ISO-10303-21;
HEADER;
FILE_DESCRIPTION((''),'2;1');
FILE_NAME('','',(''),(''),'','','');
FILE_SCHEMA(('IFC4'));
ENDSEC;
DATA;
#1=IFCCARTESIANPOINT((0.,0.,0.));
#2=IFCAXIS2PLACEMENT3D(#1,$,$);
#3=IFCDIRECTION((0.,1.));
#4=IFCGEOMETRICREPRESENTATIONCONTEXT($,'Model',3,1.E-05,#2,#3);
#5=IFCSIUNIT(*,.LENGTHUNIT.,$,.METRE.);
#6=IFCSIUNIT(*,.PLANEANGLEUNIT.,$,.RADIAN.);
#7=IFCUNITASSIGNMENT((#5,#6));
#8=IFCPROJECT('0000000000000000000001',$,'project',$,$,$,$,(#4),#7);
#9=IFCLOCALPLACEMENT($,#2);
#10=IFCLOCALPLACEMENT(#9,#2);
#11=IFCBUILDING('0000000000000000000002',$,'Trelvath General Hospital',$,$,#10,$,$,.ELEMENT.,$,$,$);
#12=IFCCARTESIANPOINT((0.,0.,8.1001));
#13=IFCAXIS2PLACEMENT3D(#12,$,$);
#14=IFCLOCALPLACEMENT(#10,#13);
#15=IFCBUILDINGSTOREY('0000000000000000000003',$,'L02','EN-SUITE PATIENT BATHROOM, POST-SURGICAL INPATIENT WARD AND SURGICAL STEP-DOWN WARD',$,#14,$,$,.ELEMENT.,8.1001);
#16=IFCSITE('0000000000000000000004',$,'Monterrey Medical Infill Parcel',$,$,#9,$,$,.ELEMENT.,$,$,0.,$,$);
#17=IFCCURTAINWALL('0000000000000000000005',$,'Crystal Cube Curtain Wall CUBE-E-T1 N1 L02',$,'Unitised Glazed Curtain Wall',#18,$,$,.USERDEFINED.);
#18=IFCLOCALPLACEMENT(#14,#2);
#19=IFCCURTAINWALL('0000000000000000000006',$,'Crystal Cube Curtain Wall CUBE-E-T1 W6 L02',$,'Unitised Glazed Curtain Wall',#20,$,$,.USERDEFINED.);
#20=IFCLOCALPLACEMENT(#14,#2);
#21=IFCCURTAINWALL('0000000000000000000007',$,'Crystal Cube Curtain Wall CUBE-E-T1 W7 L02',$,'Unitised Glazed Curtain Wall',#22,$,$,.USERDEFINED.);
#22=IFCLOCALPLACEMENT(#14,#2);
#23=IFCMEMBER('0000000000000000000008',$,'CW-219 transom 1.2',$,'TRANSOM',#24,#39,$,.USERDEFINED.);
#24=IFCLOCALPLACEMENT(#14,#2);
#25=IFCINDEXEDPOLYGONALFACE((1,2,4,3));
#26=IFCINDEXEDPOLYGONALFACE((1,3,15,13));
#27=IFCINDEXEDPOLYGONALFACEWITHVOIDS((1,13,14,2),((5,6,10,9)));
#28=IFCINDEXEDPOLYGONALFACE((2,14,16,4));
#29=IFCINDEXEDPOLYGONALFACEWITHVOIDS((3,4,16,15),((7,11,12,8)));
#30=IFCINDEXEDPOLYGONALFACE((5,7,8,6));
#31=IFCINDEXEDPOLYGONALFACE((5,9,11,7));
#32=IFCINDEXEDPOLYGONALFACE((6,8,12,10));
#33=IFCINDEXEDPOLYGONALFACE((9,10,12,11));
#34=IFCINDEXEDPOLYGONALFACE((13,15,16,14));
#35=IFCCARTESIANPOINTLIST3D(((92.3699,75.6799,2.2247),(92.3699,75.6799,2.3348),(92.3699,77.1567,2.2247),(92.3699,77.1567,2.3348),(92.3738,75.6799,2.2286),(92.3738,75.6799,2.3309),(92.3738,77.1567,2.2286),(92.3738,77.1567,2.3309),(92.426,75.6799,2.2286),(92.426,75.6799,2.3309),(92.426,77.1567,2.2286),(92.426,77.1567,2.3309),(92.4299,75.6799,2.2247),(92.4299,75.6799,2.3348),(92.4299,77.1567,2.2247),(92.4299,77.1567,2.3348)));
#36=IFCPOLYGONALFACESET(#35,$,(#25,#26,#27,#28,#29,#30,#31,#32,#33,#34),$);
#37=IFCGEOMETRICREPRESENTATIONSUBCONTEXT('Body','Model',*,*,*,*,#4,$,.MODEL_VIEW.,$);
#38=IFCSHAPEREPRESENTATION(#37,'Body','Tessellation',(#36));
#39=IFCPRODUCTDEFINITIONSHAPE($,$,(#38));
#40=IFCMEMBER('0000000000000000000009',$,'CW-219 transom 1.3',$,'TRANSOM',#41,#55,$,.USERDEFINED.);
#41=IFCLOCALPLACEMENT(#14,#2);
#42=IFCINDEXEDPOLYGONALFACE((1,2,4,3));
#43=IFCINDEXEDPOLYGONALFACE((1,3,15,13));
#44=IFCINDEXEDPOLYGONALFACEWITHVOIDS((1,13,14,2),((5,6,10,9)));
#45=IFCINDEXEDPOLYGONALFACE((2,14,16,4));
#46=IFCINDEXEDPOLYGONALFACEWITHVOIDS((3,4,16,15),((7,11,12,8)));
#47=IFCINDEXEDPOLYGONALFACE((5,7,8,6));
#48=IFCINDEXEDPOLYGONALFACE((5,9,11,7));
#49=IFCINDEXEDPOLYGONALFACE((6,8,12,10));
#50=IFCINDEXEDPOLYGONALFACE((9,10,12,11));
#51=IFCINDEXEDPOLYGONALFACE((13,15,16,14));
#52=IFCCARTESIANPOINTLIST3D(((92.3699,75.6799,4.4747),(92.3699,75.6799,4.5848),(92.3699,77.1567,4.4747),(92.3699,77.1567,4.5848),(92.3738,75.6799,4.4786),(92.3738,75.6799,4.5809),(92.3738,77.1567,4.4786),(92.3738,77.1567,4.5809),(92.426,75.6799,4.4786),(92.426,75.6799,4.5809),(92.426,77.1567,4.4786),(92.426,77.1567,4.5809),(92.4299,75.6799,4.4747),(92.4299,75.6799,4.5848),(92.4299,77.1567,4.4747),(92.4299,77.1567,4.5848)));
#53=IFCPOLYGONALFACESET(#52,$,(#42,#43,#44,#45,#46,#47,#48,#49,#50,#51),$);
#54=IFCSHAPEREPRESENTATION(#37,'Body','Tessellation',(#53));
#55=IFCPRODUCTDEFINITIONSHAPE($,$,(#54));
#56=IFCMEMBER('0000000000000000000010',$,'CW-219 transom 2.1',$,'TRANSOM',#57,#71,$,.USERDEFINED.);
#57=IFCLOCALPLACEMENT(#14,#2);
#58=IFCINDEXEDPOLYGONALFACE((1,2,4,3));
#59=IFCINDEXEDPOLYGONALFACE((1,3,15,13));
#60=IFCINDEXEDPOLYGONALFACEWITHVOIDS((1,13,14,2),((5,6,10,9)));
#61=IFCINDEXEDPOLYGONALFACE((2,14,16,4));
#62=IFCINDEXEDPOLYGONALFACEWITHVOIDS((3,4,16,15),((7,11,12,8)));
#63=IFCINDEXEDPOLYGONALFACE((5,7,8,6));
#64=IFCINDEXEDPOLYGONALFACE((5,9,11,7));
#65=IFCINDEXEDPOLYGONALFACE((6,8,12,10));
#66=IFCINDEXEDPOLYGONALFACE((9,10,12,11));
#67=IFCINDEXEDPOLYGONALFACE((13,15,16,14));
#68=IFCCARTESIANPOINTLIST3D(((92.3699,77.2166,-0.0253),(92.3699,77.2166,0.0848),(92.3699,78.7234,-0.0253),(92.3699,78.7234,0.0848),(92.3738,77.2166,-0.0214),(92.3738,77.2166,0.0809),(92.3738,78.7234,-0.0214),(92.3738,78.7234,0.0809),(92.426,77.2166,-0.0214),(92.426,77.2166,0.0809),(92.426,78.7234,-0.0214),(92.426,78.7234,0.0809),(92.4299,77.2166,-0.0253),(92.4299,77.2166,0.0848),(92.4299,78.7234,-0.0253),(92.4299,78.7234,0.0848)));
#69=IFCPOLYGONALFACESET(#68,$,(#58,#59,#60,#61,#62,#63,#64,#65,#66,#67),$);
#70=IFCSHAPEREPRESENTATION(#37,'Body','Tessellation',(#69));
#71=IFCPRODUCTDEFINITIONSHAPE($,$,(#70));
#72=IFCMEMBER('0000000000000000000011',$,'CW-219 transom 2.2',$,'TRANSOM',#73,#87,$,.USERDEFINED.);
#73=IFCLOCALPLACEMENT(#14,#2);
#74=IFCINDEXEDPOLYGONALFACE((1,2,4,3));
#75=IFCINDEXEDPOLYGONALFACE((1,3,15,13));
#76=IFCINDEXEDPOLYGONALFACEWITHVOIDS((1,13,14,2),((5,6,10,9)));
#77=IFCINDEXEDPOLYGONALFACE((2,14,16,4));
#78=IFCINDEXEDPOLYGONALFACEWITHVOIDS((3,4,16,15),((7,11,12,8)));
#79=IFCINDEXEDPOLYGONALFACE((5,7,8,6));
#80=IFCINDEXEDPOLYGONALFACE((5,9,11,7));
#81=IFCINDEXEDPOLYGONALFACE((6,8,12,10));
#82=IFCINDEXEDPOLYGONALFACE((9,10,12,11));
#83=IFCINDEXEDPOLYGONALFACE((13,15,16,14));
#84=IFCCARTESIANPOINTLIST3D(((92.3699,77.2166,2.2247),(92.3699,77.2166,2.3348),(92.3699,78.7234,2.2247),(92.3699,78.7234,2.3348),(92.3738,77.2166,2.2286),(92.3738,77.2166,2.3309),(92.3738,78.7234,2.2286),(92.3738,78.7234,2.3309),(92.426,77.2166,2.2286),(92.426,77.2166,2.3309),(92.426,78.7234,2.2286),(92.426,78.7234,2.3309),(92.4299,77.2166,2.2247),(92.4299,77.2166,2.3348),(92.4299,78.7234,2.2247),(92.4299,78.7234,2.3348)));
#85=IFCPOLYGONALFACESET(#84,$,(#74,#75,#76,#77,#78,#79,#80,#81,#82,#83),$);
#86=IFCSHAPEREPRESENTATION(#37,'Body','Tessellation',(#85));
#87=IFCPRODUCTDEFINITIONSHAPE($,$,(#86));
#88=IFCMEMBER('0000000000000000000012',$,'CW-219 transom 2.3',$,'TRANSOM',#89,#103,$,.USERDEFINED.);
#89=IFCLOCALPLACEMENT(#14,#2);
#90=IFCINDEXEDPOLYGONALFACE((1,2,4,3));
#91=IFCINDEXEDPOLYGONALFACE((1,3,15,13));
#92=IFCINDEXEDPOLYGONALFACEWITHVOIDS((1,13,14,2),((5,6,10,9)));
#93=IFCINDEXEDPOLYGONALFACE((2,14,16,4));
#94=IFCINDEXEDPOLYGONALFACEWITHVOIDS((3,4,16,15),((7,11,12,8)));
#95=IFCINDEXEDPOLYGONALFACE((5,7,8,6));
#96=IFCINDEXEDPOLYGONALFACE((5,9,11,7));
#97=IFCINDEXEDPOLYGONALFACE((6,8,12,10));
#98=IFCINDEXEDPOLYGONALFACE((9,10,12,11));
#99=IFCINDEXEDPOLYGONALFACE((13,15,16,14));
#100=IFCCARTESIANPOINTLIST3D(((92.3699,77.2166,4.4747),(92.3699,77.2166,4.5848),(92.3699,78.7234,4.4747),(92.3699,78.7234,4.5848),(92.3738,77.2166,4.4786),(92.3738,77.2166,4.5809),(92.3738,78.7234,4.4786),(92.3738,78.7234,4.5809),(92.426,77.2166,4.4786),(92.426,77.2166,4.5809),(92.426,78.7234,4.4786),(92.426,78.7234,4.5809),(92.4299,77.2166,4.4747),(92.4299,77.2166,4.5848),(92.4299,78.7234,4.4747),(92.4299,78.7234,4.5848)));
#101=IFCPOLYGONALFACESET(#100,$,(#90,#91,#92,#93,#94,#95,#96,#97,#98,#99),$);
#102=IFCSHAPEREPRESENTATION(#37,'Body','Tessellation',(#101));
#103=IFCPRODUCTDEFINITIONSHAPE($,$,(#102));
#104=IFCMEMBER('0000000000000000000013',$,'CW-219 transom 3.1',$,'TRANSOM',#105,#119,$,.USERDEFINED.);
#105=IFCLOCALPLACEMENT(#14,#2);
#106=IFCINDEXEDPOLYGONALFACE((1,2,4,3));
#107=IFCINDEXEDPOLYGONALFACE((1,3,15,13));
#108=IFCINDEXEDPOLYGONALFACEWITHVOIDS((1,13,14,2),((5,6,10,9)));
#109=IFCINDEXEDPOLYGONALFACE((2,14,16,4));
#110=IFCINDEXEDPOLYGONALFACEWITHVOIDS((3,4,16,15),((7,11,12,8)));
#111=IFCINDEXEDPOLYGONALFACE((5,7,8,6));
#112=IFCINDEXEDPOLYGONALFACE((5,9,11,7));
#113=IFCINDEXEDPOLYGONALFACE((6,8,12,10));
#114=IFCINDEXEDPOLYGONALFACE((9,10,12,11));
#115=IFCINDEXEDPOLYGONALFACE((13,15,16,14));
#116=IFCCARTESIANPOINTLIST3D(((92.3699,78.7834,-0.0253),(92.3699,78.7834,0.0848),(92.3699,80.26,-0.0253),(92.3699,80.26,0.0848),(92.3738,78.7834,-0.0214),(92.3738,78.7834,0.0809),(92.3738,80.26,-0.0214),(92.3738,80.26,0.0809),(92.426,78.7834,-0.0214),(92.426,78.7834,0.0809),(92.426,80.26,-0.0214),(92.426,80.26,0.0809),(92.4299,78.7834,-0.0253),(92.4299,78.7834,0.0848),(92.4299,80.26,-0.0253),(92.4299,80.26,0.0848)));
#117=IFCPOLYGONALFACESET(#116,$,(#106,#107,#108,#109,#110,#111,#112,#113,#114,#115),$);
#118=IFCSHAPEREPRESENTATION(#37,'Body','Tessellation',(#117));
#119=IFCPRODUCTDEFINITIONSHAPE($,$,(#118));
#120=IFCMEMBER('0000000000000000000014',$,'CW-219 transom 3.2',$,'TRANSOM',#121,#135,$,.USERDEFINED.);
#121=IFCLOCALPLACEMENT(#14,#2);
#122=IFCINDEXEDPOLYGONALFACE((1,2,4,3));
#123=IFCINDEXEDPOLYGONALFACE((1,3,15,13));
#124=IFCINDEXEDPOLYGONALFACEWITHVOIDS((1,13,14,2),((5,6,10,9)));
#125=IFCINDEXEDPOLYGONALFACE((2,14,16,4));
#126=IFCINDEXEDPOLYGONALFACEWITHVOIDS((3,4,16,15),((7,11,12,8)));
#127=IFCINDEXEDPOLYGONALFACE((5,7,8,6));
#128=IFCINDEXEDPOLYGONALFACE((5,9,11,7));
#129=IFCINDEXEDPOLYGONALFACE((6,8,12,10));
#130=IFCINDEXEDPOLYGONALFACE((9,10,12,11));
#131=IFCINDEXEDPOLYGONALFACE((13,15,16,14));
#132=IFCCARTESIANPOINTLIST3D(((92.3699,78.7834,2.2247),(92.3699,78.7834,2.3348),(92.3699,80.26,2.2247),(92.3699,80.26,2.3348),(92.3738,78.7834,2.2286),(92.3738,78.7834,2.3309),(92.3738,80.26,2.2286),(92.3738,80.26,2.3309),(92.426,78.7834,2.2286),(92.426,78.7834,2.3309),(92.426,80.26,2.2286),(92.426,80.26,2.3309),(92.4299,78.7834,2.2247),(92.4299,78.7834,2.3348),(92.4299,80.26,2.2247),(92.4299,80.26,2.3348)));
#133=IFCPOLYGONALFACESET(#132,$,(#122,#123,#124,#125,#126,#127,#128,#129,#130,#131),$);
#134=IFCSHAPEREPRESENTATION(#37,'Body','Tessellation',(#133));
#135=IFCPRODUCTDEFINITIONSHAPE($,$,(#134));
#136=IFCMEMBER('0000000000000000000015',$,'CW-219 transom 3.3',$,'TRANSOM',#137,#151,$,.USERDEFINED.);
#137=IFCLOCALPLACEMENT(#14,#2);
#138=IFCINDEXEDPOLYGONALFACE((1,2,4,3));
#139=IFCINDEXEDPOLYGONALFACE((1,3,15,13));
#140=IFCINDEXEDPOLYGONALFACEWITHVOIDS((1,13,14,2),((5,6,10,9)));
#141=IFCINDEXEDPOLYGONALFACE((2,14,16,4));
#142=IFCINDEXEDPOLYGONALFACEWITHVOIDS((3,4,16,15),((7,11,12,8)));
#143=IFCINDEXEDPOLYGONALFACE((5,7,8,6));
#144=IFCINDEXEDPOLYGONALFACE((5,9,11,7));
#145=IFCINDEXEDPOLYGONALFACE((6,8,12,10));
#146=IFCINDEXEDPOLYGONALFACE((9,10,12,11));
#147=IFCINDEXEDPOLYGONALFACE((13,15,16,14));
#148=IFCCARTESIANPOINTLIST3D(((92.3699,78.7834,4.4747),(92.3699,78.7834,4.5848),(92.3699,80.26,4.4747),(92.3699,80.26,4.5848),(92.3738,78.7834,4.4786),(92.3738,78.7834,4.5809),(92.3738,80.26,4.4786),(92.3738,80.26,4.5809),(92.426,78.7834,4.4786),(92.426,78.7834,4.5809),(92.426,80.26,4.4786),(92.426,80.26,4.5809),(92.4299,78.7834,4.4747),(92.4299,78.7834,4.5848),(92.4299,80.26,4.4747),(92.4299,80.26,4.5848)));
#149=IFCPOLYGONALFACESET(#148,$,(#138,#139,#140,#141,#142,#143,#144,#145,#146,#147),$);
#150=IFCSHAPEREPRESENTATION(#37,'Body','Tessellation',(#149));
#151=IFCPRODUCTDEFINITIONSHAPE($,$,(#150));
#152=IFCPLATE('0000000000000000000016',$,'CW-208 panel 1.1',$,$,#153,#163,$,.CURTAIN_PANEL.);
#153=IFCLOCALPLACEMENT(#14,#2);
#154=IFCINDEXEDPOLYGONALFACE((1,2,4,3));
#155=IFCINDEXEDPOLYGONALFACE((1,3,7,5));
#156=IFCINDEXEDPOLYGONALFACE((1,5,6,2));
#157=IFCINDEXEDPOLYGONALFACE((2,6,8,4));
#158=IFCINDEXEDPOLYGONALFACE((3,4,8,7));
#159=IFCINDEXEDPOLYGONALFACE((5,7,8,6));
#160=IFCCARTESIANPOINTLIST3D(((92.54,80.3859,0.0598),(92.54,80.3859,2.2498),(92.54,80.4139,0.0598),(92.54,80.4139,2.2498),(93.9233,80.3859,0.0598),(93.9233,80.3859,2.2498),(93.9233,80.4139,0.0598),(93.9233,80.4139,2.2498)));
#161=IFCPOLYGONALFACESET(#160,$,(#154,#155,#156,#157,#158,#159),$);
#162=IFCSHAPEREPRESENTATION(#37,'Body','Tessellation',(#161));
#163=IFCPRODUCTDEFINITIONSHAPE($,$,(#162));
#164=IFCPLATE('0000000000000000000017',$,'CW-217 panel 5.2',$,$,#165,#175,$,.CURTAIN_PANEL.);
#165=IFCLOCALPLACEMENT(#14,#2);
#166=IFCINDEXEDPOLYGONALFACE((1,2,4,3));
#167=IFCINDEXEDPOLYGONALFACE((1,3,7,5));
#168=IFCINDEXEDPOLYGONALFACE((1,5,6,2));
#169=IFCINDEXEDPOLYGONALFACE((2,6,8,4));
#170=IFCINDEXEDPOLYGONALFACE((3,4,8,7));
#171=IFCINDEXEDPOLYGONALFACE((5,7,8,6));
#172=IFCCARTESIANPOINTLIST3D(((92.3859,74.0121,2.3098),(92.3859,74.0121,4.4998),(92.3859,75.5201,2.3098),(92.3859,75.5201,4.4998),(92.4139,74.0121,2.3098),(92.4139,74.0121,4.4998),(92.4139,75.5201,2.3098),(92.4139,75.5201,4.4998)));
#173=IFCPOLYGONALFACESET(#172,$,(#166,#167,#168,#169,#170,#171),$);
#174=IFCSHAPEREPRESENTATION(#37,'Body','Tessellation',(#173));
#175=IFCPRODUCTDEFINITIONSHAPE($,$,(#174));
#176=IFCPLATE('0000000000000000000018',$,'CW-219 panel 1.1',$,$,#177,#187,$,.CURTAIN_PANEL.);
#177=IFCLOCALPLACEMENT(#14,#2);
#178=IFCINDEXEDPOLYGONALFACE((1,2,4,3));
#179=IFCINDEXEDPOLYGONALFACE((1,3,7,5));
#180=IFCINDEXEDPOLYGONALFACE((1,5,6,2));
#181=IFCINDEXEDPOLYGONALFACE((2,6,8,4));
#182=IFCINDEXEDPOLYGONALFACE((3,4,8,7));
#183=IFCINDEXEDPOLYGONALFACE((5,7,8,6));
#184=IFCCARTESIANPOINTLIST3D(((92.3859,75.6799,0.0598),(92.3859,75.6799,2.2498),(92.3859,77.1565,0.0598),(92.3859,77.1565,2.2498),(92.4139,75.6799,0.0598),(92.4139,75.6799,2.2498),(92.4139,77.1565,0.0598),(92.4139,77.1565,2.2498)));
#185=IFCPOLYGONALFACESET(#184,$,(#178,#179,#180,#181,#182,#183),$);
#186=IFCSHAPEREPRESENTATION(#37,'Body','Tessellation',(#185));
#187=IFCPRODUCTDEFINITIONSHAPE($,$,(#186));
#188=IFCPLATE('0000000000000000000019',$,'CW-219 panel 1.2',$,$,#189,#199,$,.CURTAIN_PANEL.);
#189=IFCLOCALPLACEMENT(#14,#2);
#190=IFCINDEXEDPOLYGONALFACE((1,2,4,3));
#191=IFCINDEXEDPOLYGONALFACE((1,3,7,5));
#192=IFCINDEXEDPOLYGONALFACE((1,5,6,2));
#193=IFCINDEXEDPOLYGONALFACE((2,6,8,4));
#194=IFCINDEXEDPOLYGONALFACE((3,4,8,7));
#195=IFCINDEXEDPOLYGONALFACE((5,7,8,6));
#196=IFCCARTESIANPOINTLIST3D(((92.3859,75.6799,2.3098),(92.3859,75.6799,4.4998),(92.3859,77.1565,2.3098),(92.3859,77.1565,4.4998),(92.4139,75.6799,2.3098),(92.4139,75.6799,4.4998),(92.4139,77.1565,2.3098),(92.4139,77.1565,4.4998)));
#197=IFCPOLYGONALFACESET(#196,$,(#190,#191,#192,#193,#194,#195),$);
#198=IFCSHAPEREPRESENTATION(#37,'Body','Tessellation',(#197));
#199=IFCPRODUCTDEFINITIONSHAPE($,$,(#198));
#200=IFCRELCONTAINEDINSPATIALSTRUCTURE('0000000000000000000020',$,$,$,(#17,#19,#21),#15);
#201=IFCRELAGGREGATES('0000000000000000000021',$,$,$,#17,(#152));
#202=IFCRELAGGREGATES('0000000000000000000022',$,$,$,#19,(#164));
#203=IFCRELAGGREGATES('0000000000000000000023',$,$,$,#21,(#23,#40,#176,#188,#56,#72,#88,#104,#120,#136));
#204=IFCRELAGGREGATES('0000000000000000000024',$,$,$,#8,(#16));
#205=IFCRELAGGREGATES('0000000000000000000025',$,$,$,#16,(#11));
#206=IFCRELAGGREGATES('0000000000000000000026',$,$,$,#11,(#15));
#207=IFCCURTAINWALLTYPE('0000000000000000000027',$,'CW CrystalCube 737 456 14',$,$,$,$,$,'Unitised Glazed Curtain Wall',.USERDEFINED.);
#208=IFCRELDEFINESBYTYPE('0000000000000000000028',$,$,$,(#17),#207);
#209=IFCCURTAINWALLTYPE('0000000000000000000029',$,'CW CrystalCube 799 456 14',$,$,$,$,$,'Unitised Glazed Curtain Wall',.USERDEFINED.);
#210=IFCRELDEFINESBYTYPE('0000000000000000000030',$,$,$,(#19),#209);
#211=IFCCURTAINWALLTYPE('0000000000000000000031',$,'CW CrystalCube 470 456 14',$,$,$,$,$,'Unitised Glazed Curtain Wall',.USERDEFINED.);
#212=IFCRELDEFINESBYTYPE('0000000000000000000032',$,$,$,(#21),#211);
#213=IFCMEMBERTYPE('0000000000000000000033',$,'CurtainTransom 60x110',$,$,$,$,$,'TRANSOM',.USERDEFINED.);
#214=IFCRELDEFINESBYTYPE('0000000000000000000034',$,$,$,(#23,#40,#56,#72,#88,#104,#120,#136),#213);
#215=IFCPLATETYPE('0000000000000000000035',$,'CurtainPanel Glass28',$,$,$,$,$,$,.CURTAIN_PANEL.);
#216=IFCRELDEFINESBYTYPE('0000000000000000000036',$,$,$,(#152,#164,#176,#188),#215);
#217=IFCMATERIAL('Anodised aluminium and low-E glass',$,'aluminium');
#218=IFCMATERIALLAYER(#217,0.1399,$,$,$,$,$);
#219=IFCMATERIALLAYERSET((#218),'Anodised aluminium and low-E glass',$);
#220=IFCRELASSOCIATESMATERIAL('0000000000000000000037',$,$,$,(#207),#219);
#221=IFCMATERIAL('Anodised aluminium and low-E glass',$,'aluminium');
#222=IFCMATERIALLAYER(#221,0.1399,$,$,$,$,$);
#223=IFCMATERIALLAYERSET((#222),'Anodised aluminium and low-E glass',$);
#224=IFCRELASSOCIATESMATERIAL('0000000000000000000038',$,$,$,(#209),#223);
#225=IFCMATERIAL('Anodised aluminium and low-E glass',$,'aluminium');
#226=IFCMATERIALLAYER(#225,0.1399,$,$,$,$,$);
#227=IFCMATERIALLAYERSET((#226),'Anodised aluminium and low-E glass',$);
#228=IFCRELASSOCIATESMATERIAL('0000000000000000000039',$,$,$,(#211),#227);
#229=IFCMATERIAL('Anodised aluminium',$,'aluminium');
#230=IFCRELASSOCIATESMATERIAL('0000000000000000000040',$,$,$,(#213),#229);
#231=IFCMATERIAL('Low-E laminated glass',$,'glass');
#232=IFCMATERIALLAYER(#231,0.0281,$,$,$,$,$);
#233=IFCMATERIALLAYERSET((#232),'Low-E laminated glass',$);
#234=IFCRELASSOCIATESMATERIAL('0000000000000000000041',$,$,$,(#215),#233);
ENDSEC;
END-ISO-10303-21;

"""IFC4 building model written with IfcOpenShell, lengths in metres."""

from ifc_helpers import new_model, si_unit, direction, frame, origin, origin_2d, place, context, subcontext, project, spatial, rectangle, hollow_rectangle, extrude, material, layer, layer_set, material_profile, profile_set, type_object, element, aggregate, save


model = new_model("IFC4")

# Units and contexts
model_context = context("Model", 3, precision=1e-05, world=origin(), true_north=direction((0.0, 1.0)))
body_context = subcontext(model_context, "Body", "Model", "MODEL_VIEW")
ifc_project = project(units=[si_unit("LENGTHUNIT", "METRE"), si_unit("PLANEANGLEUNIT", "RADIAN")], contexts=[model_context])

# Site, building, storey
site_placement = place(None, origin())
site = spatial("IfcSite", under=ifc_project, at=site_placement, Name="Monterrey Medical Infill Parcel", CompositionType="ELEMENT", RefElevation=0.0)
building_placement = place(site_placement, origin())
building = spatial("IfcBuilding", under=site, at=building_placement, Name="Trelvath General Hospital", CompositionType="ELEMENT")
storey_placement = place(building_placement, frame((0.0, 0.0, 8.1001)))
storey = spatial("IfcBuildingStorey", under=building, at=storey_placement, Name="L02", Description="EN-SUITE PATIENT BATHROOM, POST-SURGICAL INPATIENT WARD AND SURGICAL STEP-DOWN WARD", CompositionType="ELEMENT", Elevation=8.1001)

# Curtain walls
ifc_material_1 = material(Name="Anodised aluminium and low-E glass", Category="aluminium")
ifc_layer_1 = layer(ifc_material_1, 0.1399)
ifc_layer_set_1 = layer_set([ifc_layer_1], Name="Anodised aluminium and low-E glass")
curtain_wall_type_1 = type_object("IfcCurtainWallType", Name="CW CrystalCube 737 456 14", ElementType="Unitised Glazed Curtain Wall", PredefinedType="USERDEFINED", material=ifc_layer_set_1)
curtain_wall_1_placement = place(storey_placement, origin())
curtain_wall_1 = element("IfcCurtainWall", 1, at=curtain_wall_1_placement, inside=storey, type_object=curtain_wall_type_1, Name="Crystal Cube Curtain Wall CUBE-E-T1 N1 L02", ObjectType="Unitised Glazed Curtain Wall", PredefinedType="USERDEFINED")
ifc_material_2 = material(Name="Anodised aluminium and low-E glass", Category="aluminium")
ifc_layer_2 = layer(ifc_material_2, 0.1399)
ifc_layer_set_2 = layer_set([ifc_layer_2], Name="Anodised aluminium and low-E glass")
curtain_wall_type_2 = type_object("IfcCurtainWallType", Name="CW CrystalCube 799 456 14", ElementType="Unitised Glazed Curtain Wall", PredefinedType="USERDEFINED", material=ifc_layer_set_2)
curtain_wall_2_placement = place(storey_placement, origin())
curtain_wall_2 = element("IfcCurtainWall", 2, at=curtain_wall_2_placement, inside=storey, type_object=curtain_wall_type_2, Name="Crystal Cube Curtain Wall CUBE-E-T1 W6 L02", ObjectType="Unitised Glazed Curtain Wall", PredefinedType="USERDEFINED")

# Curtain wall
ifc_material_3 = material(Name="Anodised aluminium and low-E glass", Category="aluminium")
ifc_layer_3 = layer(ifc_material_3, 0.1399)
ifc_layer_set_3 = layer_set([ifc_layer_3], Name="Anodised aluminium and low-E glass")
curtain_wall_type_3 = type_object("IfcCurtainWallType", Name="CW CrystalCube 470 456 14", ElementType="Unitised Glazed Curtain Wall", PredefinedType="USERDEFINED", material=ifc_layer_set_3)
curtain_wall_3_placement = place(storey_placement, origin())
curtain_wall_3 = element("IfcCurtainWall", 3, at=curtain_wall_3_placement, inside=storey, type_object=curtain_wall_type_3, Name="Crystal Cube Curtain Wall CUBE-E-T1 W7 L02", ObjectType="Unitised Glazed Curtain Wall", PredefinedType="USERDEFINED")

# Members
ifc_material_4 = material(Name="Anodised aluminium", Category="aluminium")
ifc_material_profile_1 = material_profile(ifc_material_4, hollow_rectangle(XDim=0.0601, YDim=0.1101, WallThickness=0.0039, at=origin_2d()), Name="RHS60x110x4")
ifc_profile_set_1 = profile_set([ifc_material_profile_1], Name="Anodised aluminium")
member_type_1 = type_object("IfcMemberType", Name="CurtainTransom 60x110", ElementType="TRANSOM", PredefinedType="USERDEFINED", material=ifc_profile_set_1)
member_1_placement = place(storey_placement, frame((92.3999, 75.6799, 2.2798), z_axis=(0.0, 1.0, 0.0), x_axis=(-1.0, 0.0, 0.0)))
member_1 = element("IfcMember", 4, at=member_1_placement, type_object=member_type_1, Name="CW-219 transom 1.2", ObjectType="TRANSOM", PredefinedType="USERDEFINED", context=body_context, shape_type="SweptSolid", body=[
    extrude(hollow_rectangle(XDim=0.0601, YDim=0.1101, WallThickness=0.0039, at=origin_2d()), origin(), (0.0, 0.0, 1.0), 1.4768),
])
member_2_placement = place(storey_placement, frame((92.3999, 75.6799, 4.5298), z_axis=(0.0, 1.0, 0.0), x_axis=(-1.0, 0.0, 0.0)))
member_2 = element("IfcMember", 5, at=member_2_placement, type_object=member_type_1, Name="CW-219 transom 1.3", ObjectType="TRANSOM", PredefinedType="USERDEFINED", context=body_context, shape_type="SweptSolid", body=[
    extrude(hollow_rectangle(XDim=0.0601, YDim=0.1101, WallThickness=0.0039, at=origin_2d()), origin(), (0.0, 0.0, 1.0), 1.4768),
])
member_3_placement = place(storey_placement, frame((92.3999, 77.2166, 0.0298), z_axis=(0.0, 1.0, 0.0), x_axis=(-1.0, 0.0, 0.0)))
member_3 = element("IfcMember", 6, at=member_3_placement, type_object=member_type_1, Name="CW-219 transom 2.1", ObjectType="TRANSOM", PredefinedType="USERDEFINED", context=body_context, shape_type="SweptSolid", body=[
    extrude(hollow_rectangle(XDim=0.0601, YDim=0.1101, WallThickness=0.0039, at=origin_2d()), origin(), (0.0, 0.0, 1.0), 1.5068),
])
member_4_placement = place(storey_placement, frame((92.3999, 77.2166, 2.2798), z_axis=(0.0, 1.0, 0.0), x_axis=(-1.0, 0.0, 0.0)))
member_4 = element("IfcMember", 7, at=member_4_placement, type_object=member_type_1, Name="CW-219 transom 2.2", ObjectType="TRANSOM", PredefinedType="USERDEFINED", context=body_context, shape_type="SweptSolid", body=[
    extrude(hollow_rectangle(XDim=0.0601, YDim=0.1101, WallThickness=0.0039, at=origin_2d()), origin(), (0.0, 0.0, 1.0), 1.5068),
])
member_5_placement = place(storey_placement, frame((92.3999, 77.2166, 4.5298), z_axis=(0.0, 1.0, 0.0), x_axis=(-1.0, 0.0, 0.0)))
member_5 = element("IfcMember", 8, at=member_5_placement, type_object=member_type_1, Name="CW-219 transom 2.3", ObjectType="TRANSOM", PredefinedType="USERDEFINED", context=body_context, shape_type="SweptSolid", body=[
    extrude(hollow_rectangle(XDim=0.0601, YDim=0.1101, WallThickness=0.0039, at=origin_2d()), origin(), (0.0, 0.0, 1.0), 1.5068),
])
member_6_placement = place(storey_placement, frame((92.3999, 78.7834, 0.0298), z_axis=(0.0, 1.0, 0.0), x_axis=(-1.0, 0.0, 0.0)))
member_6 = element("IfcMember", 9, at=member_6_placement, type_object=member_type_1, Name="CW-219 transom 3.1", ObjectType="TRANSOM", PredefinedType="USERDEFINED", context=body_context, shape_type="SweptSolid", body=[
    extrude(hollow_rectangle(XDim=0.0601, YDim=0.1101, WallThickness=0.0039, at=origin_2d()), origin(), (0.0, 0.0, 1.0), 1.4766),
])
member_7_placement = place(storey_placement, frame((92.3999, 78.7834, 2.2798), z_axis=(0.0, 1.0, 0.0), x_axis=(-1.0, 0.0, 0.0)))
member_7 = element("IfcMember", 10, at=member_7_placement, type_object=member_type_1, Name="CW-219 transom 3.2", ObjectType="TRANSOM", PredefinedType="USERDEFINED", context=body_context, shape_type="SweptSolid", body=[
    extrude(hollow_rectangle(XDim=0.0601, YDim=0.1101, WallThickness=0.0039, at=origin_2d()), origin(), (0.0, 0.0, 1.0), 1.4766),
])
member_8_placement = place(storey_placement, frame((92.3999, 78.7834, 4.5298), z_axis=(0.0, 1.0, 0.0), x_axis=(-1.0, 0.0, 0.0)))
member_8 = element("IfcMember", 11, at=member_8_placement, type_object=member_type_1, Name="CW-219 transom 3.3", ObjectType="TRANSOM", PredefinedType="USERDEFINED", context=body_context, shape_type="SweptSolid", body=[
    extrude(hollow_rectangle(XDim=0.0601, YDim=0.1101, WallThickness=0.0039, at=origin_2d()), origin(), (0.0, 0.0, 1.0), 1.4766),
])

# Plates
ifc_material_5 = material(Name="Low-E laminated glass", Category="glass")
ifc_layer_4 = layer(ifc_material_5, 0.0281)
ifc_layer_set_4 = layer_set([ifc_layer_4], Name="Low-E laminated glass")
plate_type = type_object("IfcPlateType", Name="CurtainPanel Glass28", PredefinedType="CURTAIN_PANEL", material=ifc_layer_set_4)
plate_1_placement = place(storey_placement, frame((93.2317, 80.3999, 0.0598), z_axis=(0.0, 0.0, 1.0), x_axis=(1.0, 0.0, 0.0)))
plate_1 = element("IfcPlate", 12, at=plate_1_placement, type_object=plate_type, Name="CW-208 panel 1.1", PredefinedType="CURTAIN_PANEL", context=body_context, shape_type="SweptSolid", body=[
    extrude(rectangle(XDim=1.3833, YDim=0.0281, at=origin_2d()), origin(), (0.0, 0.0, 1.0), 2.1899),
])
aggregate(curtain_wall_1, [plate_1])
plate_2_placement = place(storey_placement, frame((92.3999, 74.7661, 2.3098), z_axis=(0.0, 0.0, 1.0), x_axis=(0.0, 1.0, 0.0)))
plate_2 = element("IfcPlate", 13, at=plate_2_placement, type_object=plate_type, Name="CW-217 panel 5.2", PredefinedType="CURTAIN_PANEL", context=body_context, shape_type="SweptSolid", body=[
    extrude(rectangle(XDim=1.5081, YDim=0.0281, at=origin_2d()), origin(), (0.0, 0.0, 1.0), 2.1899),
])
aggregate(curtain_wall_2, [plate_2])
plate_3_placement = place(storey_placement, frame((92.3999, 76.4182, 0.0598), z_axis=(0.0, 0.0, 1.0), x_axis=(0.0, 1.0, 0.0)))
plate_3 = element("IfcPlate", 14, at=plate_3_placement, type_object=plate_type, Name="CW-219 panel 1.1", PredefinedType="CURTAIN_PANEL", context=body_context, shape_type="SweptSolid", body=[
    extrude(rectangle(XDim=1.4766, YDim=0.0281, at=origin_2d()), origin(), (0.0, 0.0, 1.0), 2.1899),
])
plate_4_placement = place(storey_placement, frame((92.3999, 76.4182, 2.3098), z_axis=(0.0, 0.0, 1.0), x_axis=(0.0, 1.0, 0.0)))
plate_4 = element("IfcPlate", 15, at=plate_4_placement, type_object=plate_type, Name="CW-219 panel 1.2", PredefinedType="CURTAIN_PANEL", context=body_context, shape_type="SweptSolid", body=[
    extrude(rectangle(XDim=1.4766, YDim=0.0281, at=origin_2d()), origin(), (0.0, 0.0, 1.0), 2.1899),
])
aggregate(curtain_wall_3, [member_1, member_2, plate_3, plate_4, member_3, member_4, member_5, member_6, member_7, member_8])

save(model, "model.ifc")
